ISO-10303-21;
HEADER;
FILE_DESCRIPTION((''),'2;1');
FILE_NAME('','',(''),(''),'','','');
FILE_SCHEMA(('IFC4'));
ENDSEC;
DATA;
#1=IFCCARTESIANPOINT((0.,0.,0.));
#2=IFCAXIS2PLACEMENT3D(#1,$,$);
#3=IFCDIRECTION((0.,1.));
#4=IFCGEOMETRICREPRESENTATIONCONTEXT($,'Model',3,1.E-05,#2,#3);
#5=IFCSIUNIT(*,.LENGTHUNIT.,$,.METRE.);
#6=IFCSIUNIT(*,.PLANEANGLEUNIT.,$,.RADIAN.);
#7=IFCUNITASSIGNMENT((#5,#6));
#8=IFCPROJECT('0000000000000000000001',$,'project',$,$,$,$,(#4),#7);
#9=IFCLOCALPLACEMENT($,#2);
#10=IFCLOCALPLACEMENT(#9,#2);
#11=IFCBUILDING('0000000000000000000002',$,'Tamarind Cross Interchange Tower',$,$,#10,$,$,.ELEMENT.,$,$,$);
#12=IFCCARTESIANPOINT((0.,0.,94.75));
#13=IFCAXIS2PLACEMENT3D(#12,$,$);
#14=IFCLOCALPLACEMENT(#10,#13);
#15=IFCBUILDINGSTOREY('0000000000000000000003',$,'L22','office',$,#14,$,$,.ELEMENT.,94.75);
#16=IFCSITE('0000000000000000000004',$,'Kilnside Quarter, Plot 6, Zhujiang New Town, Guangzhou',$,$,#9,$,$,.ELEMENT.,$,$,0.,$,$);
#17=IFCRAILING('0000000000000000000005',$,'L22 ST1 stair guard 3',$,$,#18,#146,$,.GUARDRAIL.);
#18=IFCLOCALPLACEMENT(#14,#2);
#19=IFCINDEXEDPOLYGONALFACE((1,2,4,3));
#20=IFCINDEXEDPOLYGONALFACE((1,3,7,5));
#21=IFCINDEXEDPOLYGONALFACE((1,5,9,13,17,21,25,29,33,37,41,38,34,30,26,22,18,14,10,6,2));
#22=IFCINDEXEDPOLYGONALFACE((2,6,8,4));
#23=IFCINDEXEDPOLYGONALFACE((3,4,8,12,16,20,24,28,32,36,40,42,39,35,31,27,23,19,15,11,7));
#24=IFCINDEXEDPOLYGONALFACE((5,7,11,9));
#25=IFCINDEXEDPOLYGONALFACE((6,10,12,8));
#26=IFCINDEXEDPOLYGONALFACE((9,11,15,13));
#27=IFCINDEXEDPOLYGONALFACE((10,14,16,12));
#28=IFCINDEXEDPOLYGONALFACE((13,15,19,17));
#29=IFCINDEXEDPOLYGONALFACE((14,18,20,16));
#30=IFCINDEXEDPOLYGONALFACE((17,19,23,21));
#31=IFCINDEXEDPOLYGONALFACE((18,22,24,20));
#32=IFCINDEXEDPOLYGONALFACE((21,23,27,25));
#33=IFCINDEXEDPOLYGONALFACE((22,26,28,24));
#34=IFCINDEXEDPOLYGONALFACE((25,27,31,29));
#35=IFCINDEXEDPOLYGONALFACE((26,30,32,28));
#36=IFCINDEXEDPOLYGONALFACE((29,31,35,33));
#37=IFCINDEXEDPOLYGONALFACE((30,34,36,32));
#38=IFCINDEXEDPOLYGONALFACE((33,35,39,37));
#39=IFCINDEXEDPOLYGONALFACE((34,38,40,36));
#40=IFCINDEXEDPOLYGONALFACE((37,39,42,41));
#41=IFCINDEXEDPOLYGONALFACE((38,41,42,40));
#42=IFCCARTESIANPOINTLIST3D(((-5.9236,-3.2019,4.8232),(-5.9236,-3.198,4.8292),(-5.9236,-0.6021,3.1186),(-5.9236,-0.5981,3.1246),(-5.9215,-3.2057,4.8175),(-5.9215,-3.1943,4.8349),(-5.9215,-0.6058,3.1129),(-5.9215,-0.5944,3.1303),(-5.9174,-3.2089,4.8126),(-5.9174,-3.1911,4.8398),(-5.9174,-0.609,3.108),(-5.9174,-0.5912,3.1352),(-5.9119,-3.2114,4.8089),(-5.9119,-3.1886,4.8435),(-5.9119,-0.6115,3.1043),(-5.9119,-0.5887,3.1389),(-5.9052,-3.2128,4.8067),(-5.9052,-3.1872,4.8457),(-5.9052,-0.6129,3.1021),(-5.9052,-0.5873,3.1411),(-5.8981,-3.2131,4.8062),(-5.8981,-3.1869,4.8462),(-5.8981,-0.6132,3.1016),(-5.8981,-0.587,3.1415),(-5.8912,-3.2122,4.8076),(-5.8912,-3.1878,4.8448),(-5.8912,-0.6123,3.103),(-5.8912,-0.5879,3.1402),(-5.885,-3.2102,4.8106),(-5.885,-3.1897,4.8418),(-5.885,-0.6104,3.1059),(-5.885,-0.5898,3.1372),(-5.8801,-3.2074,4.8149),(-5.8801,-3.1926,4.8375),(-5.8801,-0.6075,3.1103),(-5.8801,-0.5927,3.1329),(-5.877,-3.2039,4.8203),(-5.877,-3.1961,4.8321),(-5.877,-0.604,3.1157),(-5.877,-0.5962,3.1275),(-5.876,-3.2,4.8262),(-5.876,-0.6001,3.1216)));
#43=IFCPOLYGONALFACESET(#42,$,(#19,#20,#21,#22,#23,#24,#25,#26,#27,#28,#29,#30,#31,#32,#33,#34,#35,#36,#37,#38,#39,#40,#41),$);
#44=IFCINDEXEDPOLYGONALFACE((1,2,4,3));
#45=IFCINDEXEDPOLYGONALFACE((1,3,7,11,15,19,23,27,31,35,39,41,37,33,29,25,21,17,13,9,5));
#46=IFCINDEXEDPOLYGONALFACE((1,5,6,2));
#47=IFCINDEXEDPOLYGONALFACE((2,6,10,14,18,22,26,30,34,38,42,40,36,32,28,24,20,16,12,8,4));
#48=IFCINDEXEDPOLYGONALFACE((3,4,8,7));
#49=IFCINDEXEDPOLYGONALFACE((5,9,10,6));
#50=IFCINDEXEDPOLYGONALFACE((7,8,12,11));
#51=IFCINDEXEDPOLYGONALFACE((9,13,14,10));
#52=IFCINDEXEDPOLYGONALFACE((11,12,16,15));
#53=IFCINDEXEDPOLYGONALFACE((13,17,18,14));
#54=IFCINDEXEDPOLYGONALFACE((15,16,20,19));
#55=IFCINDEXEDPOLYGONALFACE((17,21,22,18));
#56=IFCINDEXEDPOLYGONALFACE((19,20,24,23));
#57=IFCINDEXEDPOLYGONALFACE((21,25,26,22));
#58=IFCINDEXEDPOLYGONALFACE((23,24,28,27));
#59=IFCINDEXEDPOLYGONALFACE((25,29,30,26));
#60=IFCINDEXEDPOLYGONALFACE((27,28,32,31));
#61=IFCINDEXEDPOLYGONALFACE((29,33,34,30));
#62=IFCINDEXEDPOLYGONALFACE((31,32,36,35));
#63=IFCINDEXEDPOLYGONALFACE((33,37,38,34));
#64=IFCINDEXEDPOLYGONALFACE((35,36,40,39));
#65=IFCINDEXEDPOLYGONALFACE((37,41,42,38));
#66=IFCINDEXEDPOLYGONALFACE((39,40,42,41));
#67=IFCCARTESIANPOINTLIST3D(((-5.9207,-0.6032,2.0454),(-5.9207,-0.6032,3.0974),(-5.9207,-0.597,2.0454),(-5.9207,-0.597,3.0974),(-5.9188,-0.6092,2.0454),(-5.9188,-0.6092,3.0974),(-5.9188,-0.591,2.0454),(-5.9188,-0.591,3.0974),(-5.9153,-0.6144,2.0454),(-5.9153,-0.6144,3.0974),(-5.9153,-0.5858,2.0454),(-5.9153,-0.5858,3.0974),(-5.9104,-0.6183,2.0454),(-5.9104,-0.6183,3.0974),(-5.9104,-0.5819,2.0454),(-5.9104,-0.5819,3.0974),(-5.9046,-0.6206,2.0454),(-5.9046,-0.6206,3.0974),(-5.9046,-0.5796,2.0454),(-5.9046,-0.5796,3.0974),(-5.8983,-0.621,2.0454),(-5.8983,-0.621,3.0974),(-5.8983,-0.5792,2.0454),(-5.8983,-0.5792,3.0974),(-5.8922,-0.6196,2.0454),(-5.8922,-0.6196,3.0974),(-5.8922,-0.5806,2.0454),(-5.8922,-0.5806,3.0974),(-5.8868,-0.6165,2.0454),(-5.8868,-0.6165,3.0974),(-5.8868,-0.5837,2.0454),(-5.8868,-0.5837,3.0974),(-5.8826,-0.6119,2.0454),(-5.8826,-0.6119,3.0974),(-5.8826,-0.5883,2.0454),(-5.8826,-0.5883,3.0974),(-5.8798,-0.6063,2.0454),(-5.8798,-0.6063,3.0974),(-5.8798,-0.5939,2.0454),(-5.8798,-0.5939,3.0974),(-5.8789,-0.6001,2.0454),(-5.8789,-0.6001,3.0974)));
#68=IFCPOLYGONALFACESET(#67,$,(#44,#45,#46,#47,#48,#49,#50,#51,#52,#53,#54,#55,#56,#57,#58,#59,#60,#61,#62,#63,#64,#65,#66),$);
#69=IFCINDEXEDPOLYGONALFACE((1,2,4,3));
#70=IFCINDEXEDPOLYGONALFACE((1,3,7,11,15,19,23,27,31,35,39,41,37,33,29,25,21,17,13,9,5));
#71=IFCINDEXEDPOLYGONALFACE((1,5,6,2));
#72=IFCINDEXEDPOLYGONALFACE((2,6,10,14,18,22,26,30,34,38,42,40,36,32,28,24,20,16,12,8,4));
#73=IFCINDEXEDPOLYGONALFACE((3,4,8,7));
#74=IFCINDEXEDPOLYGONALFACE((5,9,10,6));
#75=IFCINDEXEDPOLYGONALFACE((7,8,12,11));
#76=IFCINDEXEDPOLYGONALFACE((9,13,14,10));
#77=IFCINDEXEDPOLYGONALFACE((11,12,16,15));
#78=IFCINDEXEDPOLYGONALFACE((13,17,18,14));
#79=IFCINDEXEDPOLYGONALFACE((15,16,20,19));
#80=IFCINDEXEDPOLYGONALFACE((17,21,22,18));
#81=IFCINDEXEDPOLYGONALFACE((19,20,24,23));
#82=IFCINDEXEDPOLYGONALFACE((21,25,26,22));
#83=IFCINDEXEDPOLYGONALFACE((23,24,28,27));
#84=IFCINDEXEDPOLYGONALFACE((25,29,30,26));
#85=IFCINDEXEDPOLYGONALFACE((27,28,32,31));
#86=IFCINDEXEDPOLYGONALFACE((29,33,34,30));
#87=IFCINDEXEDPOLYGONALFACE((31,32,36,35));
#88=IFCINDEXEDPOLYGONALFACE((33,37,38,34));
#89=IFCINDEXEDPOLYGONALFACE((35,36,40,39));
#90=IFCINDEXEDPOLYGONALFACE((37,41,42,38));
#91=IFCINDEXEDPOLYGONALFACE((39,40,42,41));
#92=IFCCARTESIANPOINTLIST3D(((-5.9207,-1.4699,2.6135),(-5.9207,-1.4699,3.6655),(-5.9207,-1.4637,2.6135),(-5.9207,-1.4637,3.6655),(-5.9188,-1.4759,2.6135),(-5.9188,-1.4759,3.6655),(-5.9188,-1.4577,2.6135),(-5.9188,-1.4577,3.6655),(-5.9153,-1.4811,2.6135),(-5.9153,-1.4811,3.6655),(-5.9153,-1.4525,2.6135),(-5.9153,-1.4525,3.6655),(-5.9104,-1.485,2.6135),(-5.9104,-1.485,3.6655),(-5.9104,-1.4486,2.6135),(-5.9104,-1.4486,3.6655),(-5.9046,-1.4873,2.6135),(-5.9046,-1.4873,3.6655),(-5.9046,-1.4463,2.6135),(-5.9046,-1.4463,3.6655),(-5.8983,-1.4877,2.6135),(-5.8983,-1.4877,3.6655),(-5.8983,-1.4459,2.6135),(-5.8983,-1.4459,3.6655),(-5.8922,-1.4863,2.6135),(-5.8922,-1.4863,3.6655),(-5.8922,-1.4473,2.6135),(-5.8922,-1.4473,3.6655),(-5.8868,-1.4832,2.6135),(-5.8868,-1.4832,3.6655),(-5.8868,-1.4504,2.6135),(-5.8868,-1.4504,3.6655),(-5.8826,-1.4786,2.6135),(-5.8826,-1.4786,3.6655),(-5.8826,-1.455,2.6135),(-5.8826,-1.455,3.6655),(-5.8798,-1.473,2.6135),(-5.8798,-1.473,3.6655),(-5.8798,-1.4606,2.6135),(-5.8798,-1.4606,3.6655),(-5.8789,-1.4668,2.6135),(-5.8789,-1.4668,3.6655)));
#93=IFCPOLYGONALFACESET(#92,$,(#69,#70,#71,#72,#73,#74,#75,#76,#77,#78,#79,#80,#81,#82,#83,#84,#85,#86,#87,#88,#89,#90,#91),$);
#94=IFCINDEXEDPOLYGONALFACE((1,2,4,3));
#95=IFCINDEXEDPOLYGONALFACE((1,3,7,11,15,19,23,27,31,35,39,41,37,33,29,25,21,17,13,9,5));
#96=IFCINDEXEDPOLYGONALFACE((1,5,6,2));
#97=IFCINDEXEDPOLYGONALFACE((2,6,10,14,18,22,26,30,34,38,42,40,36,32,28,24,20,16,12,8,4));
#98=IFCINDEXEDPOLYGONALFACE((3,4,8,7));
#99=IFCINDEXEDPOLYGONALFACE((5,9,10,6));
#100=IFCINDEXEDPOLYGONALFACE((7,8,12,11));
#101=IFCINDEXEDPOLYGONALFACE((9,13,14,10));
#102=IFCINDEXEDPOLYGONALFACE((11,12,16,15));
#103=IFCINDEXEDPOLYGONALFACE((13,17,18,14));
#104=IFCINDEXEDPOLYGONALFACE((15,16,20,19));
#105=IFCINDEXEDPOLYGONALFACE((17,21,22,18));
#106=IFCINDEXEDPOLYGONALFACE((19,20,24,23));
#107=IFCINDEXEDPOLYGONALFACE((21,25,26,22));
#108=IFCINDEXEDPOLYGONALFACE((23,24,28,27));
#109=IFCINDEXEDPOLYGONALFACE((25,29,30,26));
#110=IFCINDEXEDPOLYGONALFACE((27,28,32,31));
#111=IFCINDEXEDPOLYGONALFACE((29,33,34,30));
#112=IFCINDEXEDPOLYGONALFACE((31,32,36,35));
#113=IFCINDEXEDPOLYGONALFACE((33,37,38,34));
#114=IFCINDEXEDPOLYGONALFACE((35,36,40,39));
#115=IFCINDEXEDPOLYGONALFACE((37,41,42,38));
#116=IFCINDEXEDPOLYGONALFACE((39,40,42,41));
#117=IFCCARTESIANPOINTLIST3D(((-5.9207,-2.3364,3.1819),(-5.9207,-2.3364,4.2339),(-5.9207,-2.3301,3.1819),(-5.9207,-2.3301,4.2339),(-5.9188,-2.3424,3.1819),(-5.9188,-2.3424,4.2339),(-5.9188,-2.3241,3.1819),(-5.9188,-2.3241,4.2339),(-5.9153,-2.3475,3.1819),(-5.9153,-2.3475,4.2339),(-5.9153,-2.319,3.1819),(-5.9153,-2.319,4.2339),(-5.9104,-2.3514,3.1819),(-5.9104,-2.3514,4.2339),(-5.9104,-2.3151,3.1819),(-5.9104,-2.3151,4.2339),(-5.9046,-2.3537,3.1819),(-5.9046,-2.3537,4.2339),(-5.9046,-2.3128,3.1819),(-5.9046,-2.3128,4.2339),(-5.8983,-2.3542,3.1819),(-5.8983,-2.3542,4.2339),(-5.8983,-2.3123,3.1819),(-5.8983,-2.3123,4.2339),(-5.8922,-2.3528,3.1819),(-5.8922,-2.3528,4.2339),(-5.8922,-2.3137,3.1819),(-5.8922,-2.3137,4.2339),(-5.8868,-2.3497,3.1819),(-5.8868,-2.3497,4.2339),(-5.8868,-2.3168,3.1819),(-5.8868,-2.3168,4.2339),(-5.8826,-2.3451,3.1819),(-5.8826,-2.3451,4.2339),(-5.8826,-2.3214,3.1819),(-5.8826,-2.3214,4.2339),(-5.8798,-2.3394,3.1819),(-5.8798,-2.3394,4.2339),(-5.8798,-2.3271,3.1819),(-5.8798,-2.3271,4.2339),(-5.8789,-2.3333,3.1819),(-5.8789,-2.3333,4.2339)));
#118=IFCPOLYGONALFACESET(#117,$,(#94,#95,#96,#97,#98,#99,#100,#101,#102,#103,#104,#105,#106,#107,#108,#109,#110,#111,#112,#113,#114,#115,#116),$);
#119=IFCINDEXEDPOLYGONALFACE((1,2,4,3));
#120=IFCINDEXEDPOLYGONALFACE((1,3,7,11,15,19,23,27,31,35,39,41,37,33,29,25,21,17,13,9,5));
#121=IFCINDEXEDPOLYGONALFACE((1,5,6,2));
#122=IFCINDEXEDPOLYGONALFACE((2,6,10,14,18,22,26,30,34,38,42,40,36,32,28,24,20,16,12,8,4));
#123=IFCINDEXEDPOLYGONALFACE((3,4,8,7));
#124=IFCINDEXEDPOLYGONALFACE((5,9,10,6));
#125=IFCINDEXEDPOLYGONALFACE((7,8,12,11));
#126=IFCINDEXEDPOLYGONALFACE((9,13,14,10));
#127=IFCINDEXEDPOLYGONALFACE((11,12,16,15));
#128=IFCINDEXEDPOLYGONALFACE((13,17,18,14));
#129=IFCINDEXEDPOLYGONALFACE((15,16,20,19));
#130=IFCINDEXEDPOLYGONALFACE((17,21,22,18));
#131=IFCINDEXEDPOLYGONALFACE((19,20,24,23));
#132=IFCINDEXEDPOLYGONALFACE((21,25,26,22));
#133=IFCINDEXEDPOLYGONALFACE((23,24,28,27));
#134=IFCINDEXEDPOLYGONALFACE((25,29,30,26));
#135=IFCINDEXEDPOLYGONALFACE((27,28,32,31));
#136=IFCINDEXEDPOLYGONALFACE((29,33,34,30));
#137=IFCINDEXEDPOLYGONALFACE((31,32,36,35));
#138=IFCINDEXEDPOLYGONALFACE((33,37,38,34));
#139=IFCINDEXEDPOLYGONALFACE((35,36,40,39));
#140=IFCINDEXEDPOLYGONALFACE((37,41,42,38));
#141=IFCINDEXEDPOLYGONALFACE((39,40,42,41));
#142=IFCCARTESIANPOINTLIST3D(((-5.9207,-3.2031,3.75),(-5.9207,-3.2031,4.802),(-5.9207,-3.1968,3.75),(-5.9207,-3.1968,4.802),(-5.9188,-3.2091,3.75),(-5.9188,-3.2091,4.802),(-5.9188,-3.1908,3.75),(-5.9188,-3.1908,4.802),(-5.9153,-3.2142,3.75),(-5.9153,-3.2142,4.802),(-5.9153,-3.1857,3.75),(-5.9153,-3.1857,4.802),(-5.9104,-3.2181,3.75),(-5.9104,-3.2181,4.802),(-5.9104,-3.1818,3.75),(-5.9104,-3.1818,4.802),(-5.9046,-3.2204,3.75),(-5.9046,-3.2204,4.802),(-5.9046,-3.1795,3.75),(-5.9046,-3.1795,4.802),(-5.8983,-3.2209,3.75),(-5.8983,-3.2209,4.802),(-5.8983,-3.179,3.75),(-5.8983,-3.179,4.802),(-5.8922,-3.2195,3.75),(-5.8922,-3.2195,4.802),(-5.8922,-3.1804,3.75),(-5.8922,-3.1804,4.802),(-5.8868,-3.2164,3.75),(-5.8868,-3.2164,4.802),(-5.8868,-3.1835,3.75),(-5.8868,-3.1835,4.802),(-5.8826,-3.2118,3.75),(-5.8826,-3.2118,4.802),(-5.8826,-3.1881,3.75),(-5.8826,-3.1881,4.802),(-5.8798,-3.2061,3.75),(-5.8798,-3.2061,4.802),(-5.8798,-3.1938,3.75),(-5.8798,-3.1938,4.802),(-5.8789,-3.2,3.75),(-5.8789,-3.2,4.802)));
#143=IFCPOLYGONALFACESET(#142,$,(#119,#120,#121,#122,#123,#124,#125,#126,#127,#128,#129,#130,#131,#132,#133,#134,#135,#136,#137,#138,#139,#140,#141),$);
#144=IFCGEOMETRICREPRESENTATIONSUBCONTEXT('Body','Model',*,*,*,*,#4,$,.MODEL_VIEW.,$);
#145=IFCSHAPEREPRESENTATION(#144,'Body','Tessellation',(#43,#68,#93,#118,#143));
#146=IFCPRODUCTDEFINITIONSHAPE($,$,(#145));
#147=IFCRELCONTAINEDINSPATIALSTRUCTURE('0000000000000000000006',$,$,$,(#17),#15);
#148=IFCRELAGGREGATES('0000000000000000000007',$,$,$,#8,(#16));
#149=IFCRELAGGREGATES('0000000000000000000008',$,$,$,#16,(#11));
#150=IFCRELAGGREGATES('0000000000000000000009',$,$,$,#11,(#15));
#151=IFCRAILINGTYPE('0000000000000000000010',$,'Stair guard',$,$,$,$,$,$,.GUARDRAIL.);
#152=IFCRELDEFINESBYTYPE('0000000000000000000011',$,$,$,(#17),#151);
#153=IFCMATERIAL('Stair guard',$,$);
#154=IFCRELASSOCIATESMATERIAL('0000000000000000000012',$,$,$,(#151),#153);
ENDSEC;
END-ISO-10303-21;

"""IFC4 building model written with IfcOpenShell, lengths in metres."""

from ifc_helpers import new_model, si_unit, direction, frame, origin, origin_2d, place, context, subcontext, project, spatial, circle, extrude, material, type_object, element, save


model = new_model("IFC4")

# Units and contexts
model_context = context("Model", 3, precision=1e-05, world=origin(), true_north=direction((0.0, 1.0)))
body_context = subcontext(model_context, "Body", "Model", "MODEL_VIEW")
ifc_project = project(units=[si_unit("LENGTHUNIT", "METRE"), si_unit("PLANEANGLEUNIT", "RADIAN")], contexts=[model_context])

# Site, building, storey
site_placement = place(None, origin())
site = spatial("IfcSite", under=ifc_project, at=site_placement, Name="Kilnside Quarter, Plot 6, Zhujiang New Town, Guangzhou", CompositionType="ELEMENT", RefElevation=0.0)
building_placement = place(site_placement, origin())
building = spatial("IfcBuilding", under=site, at=building_placement, Name="Tamarind Cross Interchange Tower", CompositionType="ELEMENT")
storey_placement = place(building_placement, frame((0.0, 0.0, 94.75)))
storey = spatial("IfcBuildingStorey", under=building, at=storey_placement, Name="L22", Description="office", CompositionType="ELEMENT", Elevation=94.75)

# Railing
ifc_material_1 = material(Name="Stair guard")
railing_type_1 = type_object("IfcRailingType", Name="Stair guard", PredefinedType="GUARDRAIL", material=ifc_material_1)
railing_1_placement = place(storey_placement, frame((-5.8999, -0.6001, 2.0454)))
element("IfcRailing", 1, at=railing_1_placement, inside=storey, type_object=railing_type_1, Name="L22 ST1 stair guard 3", PredefinedType="GUARDRAIL", context=body_context, shape_type="SweptSolid", body=[
    extrude(circle(Radius=0.0239, at=origin_2d()), frame((0.0, 0.0, 1.0762), z_axis=(0.0, -0.836279, 0.548305), x_axis=(1.0, 0.0, 0.0)), (0.0, 0.0, 1.0), 3.1089),
    extrude(circle(Radius=0.021, at=origin_2d()), origin(), (0.0, 0.0, 1.0), 1.052),
    extrude(circle(Radius=0.021, at=origin_2d()), frame((0.0, -0.8667, 0.5681)), (0.0, 0.0, 1.0), 1.052),
    extrude(circle(Radius=0.021, at=origin_2d()), frame((0.0, -1.7332, 1.1365)), (0.0, 0.0, 1.0), 1.052),
    extrude(circle(Radius=0.021, at=origin_2d()), frame((0.0, -2.5999, 1.7046)), (0.0, 0.0, 1.0), 1.052),
])

save(model, "model.ifc")
